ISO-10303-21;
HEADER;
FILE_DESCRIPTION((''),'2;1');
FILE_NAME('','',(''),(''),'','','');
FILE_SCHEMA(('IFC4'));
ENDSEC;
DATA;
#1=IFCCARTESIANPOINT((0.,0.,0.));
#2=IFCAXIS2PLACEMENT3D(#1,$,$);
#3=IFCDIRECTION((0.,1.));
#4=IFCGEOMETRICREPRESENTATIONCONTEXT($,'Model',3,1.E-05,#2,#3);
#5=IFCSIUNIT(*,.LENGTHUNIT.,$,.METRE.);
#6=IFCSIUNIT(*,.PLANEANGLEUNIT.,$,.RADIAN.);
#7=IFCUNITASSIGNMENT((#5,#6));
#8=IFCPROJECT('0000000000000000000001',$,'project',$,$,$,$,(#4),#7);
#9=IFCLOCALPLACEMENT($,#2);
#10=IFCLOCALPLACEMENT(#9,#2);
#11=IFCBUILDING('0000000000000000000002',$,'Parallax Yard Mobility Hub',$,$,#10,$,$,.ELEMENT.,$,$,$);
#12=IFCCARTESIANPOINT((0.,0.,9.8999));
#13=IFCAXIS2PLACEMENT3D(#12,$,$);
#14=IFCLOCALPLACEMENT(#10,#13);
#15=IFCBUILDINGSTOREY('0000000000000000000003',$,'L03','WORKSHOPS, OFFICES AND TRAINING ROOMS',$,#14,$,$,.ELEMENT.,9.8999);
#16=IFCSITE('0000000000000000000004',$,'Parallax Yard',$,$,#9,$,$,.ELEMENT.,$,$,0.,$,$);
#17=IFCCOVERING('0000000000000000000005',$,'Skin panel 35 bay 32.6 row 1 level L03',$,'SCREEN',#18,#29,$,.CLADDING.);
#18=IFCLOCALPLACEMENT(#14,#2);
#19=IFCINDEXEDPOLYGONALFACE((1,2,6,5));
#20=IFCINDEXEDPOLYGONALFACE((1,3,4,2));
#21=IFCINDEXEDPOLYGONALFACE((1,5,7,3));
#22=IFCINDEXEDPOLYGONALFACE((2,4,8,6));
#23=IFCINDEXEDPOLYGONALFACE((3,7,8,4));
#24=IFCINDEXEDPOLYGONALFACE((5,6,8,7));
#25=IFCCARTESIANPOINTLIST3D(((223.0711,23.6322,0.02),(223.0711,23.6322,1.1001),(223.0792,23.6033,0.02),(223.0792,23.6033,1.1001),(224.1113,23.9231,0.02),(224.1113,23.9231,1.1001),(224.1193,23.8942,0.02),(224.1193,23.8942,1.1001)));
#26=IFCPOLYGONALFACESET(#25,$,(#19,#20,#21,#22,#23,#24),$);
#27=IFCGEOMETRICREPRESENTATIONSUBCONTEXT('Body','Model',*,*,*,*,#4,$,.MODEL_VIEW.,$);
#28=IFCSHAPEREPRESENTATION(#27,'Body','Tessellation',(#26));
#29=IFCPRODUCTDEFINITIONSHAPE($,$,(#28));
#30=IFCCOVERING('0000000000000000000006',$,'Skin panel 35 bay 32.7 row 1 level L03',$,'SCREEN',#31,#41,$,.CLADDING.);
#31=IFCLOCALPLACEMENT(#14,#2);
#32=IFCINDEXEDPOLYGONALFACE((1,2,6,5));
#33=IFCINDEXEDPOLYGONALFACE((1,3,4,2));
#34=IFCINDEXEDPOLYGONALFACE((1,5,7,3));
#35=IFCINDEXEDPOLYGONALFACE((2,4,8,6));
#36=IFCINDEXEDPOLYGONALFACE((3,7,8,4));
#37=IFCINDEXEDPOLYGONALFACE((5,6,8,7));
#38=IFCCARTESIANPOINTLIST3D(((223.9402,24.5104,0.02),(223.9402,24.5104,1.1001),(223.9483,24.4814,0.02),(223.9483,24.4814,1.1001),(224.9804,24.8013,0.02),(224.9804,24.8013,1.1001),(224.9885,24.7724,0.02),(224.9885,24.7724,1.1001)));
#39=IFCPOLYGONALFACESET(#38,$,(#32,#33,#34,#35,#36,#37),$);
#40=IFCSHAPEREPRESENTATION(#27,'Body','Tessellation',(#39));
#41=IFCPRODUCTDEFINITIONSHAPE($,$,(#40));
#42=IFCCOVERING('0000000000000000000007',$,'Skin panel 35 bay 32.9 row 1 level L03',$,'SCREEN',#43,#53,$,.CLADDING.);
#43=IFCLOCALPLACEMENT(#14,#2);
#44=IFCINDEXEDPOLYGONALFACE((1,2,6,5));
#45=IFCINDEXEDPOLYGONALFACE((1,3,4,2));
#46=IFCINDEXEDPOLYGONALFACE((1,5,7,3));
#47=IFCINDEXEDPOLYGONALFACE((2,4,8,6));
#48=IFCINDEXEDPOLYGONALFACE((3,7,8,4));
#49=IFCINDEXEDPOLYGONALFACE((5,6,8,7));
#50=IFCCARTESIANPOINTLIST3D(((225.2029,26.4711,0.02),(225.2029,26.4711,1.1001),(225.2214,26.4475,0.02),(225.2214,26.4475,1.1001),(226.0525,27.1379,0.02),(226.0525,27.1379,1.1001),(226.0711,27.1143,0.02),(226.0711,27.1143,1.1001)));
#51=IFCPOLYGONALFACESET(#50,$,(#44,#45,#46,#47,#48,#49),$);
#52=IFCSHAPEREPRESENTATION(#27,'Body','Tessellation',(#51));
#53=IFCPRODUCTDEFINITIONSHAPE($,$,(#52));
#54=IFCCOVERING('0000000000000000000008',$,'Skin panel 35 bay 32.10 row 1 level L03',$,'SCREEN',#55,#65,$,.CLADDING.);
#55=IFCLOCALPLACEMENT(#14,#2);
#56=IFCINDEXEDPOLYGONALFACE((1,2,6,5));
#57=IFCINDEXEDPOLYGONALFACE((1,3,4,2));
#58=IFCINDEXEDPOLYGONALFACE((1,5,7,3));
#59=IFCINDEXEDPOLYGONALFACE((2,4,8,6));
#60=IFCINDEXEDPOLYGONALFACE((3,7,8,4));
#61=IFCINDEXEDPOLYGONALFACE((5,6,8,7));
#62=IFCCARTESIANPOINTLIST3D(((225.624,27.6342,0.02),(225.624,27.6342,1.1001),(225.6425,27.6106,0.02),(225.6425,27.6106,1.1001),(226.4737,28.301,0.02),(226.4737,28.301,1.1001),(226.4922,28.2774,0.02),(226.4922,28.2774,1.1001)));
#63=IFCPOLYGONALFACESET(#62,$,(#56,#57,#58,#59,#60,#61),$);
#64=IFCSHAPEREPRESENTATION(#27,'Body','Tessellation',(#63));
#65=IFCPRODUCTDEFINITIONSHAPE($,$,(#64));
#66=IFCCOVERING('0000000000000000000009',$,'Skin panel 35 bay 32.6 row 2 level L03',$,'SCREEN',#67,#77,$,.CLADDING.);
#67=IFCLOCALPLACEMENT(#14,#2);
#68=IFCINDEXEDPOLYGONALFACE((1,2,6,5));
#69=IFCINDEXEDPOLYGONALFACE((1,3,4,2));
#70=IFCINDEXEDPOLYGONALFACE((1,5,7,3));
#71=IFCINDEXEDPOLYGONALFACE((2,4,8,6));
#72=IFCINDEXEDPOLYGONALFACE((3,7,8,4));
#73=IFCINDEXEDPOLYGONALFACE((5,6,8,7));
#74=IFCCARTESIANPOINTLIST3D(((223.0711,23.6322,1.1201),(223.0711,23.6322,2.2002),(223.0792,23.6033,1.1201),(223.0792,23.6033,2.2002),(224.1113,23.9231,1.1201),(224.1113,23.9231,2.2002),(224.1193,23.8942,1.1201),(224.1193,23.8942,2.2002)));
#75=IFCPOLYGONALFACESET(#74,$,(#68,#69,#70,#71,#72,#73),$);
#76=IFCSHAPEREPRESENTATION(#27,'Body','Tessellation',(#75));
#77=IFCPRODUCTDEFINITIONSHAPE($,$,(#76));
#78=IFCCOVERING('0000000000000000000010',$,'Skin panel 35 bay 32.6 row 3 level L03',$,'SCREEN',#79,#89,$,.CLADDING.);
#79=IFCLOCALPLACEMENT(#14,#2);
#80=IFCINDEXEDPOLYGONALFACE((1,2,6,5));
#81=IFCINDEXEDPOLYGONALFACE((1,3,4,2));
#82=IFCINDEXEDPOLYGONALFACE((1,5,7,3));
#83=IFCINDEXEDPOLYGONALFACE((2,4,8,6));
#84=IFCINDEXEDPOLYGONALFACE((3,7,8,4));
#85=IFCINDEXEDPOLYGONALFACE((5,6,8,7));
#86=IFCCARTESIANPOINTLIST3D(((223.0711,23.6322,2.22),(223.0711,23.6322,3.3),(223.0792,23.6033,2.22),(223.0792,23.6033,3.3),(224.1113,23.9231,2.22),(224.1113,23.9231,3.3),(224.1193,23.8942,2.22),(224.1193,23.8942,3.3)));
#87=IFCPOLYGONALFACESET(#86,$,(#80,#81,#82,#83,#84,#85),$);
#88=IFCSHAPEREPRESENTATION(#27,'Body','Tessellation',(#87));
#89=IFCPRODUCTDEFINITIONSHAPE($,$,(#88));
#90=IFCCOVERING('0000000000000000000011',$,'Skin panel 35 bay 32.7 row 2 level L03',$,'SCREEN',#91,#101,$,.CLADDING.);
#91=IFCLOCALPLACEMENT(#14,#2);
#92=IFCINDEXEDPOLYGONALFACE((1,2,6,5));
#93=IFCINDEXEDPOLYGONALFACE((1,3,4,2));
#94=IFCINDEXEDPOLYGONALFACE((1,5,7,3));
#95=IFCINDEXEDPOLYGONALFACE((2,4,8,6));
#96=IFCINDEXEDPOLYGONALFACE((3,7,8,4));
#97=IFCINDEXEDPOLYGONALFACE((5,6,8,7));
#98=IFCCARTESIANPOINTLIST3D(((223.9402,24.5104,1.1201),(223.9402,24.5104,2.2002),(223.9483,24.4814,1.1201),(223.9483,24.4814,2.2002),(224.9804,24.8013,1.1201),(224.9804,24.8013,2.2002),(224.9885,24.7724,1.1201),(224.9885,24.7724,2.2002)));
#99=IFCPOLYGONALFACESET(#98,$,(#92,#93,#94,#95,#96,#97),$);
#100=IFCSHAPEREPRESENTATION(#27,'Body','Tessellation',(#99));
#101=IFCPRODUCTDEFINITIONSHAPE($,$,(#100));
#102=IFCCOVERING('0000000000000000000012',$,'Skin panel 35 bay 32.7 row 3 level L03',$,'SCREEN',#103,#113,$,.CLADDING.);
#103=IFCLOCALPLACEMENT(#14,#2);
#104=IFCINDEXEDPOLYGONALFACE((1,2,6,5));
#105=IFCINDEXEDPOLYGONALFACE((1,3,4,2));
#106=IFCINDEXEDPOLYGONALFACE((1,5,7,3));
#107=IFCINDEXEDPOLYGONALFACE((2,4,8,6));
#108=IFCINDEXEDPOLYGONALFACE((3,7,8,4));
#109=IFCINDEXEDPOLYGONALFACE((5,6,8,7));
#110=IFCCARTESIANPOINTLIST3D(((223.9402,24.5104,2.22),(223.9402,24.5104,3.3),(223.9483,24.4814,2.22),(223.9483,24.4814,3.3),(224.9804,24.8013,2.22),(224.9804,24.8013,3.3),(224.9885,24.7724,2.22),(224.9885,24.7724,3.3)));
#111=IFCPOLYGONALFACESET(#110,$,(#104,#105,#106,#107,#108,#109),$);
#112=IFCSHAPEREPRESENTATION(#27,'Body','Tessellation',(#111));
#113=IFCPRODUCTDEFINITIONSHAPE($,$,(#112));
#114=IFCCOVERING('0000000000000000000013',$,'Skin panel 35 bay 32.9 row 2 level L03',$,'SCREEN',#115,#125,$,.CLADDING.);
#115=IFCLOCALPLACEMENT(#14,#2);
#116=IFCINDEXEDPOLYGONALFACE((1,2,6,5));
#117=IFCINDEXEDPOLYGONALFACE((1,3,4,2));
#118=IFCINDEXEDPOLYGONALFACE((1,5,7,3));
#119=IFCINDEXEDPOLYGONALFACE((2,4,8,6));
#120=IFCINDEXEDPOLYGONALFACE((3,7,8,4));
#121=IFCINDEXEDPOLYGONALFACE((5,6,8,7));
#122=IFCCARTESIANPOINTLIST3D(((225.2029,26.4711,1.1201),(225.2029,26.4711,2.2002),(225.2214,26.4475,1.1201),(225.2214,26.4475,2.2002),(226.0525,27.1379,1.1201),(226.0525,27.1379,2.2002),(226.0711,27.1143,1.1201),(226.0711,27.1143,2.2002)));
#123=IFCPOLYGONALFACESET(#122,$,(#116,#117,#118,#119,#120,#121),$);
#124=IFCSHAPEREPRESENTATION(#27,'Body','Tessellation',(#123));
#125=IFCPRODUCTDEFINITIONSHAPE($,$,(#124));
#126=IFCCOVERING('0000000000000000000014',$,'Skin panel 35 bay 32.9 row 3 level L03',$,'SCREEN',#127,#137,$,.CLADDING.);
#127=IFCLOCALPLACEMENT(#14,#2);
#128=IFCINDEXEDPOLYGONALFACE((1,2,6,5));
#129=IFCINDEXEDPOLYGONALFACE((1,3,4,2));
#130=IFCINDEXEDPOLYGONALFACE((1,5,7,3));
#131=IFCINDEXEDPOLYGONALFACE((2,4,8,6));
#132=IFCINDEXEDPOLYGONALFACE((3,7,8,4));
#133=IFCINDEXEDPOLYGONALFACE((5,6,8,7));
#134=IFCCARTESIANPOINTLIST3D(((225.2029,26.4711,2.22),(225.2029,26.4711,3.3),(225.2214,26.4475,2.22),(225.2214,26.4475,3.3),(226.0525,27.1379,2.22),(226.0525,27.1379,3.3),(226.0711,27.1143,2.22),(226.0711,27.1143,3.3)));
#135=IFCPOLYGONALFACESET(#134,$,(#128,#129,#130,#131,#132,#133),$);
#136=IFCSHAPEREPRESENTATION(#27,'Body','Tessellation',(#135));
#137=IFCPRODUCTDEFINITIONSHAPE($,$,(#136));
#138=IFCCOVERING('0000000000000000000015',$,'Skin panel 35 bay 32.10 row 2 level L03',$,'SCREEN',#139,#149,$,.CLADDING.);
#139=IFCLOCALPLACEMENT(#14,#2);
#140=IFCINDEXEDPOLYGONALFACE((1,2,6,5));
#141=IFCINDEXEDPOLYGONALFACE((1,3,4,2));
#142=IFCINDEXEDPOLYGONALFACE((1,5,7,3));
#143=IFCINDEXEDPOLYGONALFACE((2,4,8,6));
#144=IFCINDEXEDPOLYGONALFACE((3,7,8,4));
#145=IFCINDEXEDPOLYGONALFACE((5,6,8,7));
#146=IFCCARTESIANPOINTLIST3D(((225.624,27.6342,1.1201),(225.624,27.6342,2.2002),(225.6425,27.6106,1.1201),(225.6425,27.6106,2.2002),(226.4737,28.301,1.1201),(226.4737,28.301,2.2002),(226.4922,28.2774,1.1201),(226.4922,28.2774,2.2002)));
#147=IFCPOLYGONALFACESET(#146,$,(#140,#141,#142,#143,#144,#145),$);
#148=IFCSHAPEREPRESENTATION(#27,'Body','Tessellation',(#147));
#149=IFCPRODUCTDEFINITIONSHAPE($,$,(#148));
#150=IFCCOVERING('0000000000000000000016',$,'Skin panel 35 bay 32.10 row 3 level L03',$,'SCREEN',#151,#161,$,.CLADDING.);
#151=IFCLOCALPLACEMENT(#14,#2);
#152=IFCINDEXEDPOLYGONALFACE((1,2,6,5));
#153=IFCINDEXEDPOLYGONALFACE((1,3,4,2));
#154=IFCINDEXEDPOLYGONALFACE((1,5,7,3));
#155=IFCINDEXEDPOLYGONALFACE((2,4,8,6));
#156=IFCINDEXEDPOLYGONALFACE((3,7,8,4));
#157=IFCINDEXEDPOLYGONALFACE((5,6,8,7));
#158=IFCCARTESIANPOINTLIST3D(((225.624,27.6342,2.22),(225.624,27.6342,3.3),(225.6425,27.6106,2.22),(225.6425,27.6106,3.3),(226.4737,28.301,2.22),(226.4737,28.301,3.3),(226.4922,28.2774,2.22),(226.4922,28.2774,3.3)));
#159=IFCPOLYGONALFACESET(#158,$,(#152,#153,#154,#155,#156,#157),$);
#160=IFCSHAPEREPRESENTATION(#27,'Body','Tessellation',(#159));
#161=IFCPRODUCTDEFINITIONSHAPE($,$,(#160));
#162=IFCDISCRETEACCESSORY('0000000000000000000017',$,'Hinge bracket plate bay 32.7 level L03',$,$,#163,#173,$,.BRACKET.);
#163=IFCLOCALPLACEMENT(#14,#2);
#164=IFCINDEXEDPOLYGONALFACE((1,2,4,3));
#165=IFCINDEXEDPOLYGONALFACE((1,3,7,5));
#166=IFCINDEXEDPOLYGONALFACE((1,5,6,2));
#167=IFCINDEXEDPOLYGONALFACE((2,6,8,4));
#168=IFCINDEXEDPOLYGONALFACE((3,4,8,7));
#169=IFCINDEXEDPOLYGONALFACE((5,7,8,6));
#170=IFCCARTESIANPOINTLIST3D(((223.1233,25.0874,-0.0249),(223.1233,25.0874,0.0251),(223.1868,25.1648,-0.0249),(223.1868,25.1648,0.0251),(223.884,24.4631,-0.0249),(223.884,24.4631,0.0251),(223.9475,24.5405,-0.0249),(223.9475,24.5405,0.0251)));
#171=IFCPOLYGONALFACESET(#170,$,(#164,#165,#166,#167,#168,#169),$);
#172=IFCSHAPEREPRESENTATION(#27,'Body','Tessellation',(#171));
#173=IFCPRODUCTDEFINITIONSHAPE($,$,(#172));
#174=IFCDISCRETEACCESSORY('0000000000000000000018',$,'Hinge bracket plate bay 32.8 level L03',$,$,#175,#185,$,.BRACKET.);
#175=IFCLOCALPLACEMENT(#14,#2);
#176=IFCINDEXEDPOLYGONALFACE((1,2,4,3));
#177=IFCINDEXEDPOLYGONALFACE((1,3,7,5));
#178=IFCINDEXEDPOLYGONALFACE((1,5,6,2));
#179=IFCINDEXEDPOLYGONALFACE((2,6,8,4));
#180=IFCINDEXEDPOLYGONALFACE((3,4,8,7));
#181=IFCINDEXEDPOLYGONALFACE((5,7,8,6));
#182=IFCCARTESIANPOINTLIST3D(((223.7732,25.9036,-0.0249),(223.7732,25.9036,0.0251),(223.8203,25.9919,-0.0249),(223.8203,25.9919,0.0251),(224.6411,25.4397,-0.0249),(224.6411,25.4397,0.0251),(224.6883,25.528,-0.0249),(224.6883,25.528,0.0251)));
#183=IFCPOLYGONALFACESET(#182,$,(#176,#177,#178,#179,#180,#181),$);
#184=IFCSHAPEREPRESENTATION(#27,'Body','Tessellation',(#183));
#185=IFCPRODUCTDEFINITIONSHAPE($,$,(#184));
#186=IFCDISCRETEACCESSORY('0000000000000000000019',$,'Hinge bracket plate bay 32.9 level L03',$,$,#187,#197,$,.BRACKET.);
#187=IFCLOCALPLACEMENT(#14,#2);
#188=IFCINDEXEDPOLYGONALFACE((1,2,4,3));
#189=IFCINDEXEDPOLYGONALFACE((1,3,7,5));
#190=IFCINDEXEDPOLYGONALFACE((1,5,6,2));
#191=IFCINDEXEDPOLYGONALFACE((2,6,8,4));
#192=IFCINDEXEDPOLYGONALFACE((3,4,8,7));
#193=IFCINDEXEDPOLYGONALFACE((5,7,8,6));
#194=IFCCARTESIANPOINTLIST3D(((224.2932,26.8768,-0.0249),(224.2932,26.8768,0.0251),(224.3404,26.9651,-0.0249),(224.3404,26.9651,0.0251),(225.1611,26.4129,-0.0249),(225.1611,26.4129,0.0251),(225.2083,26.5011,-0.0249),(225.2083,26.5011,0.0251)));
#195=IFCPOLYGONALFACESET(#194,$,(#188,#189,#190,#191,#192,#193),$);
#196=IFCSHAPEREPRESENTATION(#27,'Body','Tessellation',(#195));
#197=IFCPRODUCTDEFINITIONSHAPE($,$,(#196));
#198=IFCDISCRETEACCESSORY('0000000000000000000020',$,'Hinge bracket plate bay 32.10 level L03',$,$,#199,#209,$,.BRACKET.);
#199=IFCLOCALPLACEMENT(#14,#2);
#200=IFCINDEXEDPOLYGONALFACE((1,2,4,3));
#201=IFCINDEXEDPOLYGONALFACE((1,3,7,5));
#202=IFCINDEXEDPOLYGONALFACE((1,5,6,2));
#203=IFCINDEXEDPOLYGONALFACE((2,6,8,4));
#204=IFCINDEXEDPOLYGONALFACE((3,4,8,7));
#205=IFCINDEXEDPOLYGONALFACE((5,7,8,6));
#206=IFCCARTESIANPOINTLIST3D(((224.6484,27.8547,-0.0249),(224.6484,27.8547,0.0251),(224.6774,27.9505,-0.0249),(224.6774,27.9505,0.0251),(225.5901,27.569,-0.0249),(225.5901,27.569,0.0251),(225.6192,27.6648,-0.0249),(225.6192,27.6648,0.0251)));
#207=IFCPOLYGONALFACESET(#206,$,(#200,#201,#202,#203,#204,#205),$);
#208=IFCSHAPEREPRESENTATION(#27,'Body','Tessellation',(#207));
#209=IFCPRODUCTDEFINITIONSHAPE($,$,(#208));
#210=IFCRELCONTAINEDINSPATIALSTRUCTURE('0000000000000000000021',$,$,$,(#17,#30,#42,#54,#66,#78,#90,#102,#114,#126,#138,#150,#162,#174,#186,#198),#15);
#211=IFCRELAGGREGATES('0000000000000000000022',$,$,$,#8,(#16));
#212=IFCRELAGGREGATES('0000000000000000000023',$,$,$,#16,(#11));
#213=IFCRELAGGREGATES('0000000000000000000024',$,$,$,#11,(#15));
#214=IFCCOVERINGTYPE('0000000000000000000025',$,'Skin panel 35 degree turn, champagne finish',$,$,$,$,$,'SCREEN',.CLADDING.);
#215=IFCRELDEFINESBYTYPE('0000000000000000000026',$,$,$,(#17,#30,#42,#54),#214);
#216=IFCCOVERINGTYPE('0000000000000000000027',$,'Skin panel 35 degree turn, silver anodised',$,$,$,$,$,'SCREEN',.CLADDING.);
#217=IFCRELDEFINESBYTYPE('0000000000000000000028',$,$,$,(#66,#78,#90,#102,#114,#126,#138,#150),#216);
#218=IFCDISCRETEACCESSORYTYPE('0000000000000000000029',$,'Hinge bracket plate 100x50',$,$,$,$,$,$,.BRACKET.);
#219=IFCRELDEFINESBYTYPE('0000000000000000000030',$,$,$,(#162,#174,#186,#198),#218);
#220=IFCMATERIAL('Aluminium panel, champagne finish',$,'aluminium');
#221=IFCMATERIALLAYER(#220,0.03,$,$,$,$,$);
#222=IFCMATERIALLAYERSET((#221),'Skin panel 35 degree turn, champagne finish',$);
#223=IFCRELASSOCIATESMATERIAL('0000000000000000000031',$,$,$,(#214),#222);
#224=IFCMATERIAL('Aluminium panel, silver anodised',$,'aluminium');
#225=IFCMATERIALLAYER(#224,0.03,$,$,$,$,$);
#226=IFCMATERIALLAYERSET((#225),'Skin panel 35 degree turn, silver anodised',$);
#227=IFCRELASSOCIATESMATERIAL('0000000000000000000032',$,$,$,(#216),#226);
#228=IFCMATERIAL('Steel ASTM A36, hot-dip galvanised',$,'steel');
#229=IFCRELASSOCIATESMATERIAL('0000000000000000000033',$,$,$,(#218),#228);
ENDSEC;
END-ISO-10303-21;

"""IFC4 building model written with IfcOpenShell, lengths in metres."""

from ifc_helpers import new_model, si_unit, direction, frame, origin, origin_2d, place, context, subcontext, project, spatial, rectangle, extrude, material, layer, layer_set, type_object, element, save


model = new_model("IFC4")

# Units and contexts
model_context = context("Model", 3, precision=1e-05, world=origin(), true_north=direction((0.0, 1.0)))
body_context = subcontext(model_context, "Body", "Model", "MODEL_VIEW")
ifc_project = project(units=[si_unit("LENGTHUNIT", "METRE"), si_unit("PLANEANGLEUNIT", "RADIAN")], contexts=[model_context])

# Site, building, storey
site_placement = place(None, origin())
site = spatial("IfcSite", under=ifc_project, at=site_placement, Name="Parallax Yard", CompositionType="ELEMENT", RefElevation=0.0)
building_placement = place(site_placement, origin())
building = spatial("IfcBuilding", under=site, at=building_placement, Name="Parallax Yard Mobility Hub", CompositionType="ELEMENT")
storey_placement = place(building_placement, frame((0.0, 0.0, 9.8999)))
storey = spatial("IfcBuildingStorey", under=building, at=storey_placement, Name="L03", Description="WORKSHOPS, OFFICES AND TRAINING ROOMS", CompositionType="ELEMENT", Elevation=9.8999)

# Coverings
ifc_material_1 = material(Name="Aluminium panel, champagne finish", Category="aluminium")
ifc_material_2 = material(Name="Aluminium panel, silver anodised", Category="aluminium")
ifc_layer_1 = layer(ifc_material_1, 0.03)
ifc_layer_set_1 = layer_set([ifc_layer_1], Name="Skin panel 35 degree turn, champagne finish")
covering_type_1 = type_object("IfcCoveringType", Name="Skin panel 35 degree turn, champagne finish", ElementType="SCREEN", PredefinedType="CLADDING", material=ifc_layer_set_1)
for number, where, z_axis, x_axis, name in (
    (1, (223.5952, 23.7632, 0.02), (0.0, 0.0, 1.0), (0.963045, 0.26934, 0.0), "Skin panel 35 bay 32.6 row 1 level L03"),
    (2, (224.4644, 24.6414, 0.02), (0.0, 0.0, 1.0), (0.963045, 0.26934, 0.0), "Skin panel 35 bay 32.7 row 1 level L03"),
    (3, (225.637, 26.7927, 0.02), (0.0, 0.0, 1.0), (0.786666, 0.617379, 0.0), "Skin panel 35 bay 32.9 row 1 level L03"),
    (4, (226.0581, 27.9558, 0.02), (0.0, 0.0, 1.0), (0.786666, 0.617379, 0.0), "Skin panel 35 bay 32.10 row 1 level L03"),
):
    element("IfcCovering", number, at=place(storey_placement, frame(where, z_axis=z_axis, x_axis=x_axis)), inside=storey, type_object=covering_type_1, Name=name, ObjectType="SCREEN", PredefinedType="CLADDING", context=body_context, shape_type="SweptSolid", body=[
        extrude(rectangle(XDim=1.0801, YDim=0.03, at=origin_2d()), origin(), (0.0, 0.0, 1.0), 1.0801),
    ])
ifc_layer_2 = layer(ifc_material_2, 0.03)
ifc_layer_set_2 = layer_set([ifc_layer_2], Name="Skin panel 35 degree turn, silver anodised")
covering_type_2 = type_object("IfcCoveringType", Name="Skin panel 35 degree turn, silver anodised", ElementType="SCREEN", PredefinedType="CLADDING", material=ifc_layer_set_2)
for number, where, z_axis, x_axis, name in (
    (5, (223.5952, 23.7632, 1.1201), (0.0, 0.0, 1.0), (0.963045, 0.26934, 0.0), "Skin panel 35 bay 32.6 row 2 level L03"),
    (6, (223.5952, 23.7632, 2.22), (0.0, 0.0, 1.0), (0.963045, 0.26934, 0.0), "Skin panel 35 bay 32.6 row 3 level L03"),
    (7, (224.4644, 24.6414, 1.1201), (0.0, 0.0, 1.0), (0.963045, 0.26934, 0.0), "Skin panel 35 bay 32.7 row 2 level L03"),
    (8, (224.4644, 24.6414, 2.22), (0.0, 0.0, 1.0), (0.963045, 0.26934, 0.0), "Skin panel 35 bay 32.7 row 3 level L03"),
    (9, (225.637, 26.7927, 1.1201), (0.0, 0.0, 1.0), (0.786666, 0.617379, 0.0), "Skin panel 35 bay 32.9 row 2 level L03"),
    (10, (225.637, 26.7927, 2.22), (0.0, 0.0, 1.0), (0.786666, 0.617379, 0.0), "Skin panel 35 bay 32.9 row 3 level L03"),
    (11, (226.0581, 27.9558, 1.1201), (0.0, 0.0, 1.0), (0.786666, 0.617379, 0.0), "Skin panel 35 bay 32.10 row 2 level L03"),
    (12, (226.0581, 27.9558, 2.22), (0.0, 0.0, 1.0), (0.786666, 0.617379, 0.0), "Skin panel 35 bay 32.10 row 3 level L03"),
):
    element("IfcCovering", number, at=place(storey_placement, frame(where, z_axis=z_axis, x_axis=x_axis)), inside=storey, type_object=covering_type_2, Name=name, ObjectType="SCREEN", PredefinedType="CLADDING", context=body_context, shape_type="SweptSolid", body=[
        extrude(rectangle(XDim=1.0801, YDim=0.03, at=origin_2d()), origin(), (0.0, 0.0, 1.0), 1.0801),
    ])

# Discrete accessories
ifc_material_3 = material(Name="Steel ASTM A36, hot-dip galvanised", Category="steel")
discrete_accessory_type_1 = type_object("IfcDiscreteAccessoryType", Name="Hinge bracket plate 100x50", PredefinedType="BRACKET", material=ifc_material_3)
for number, where, z_axis, x_axis, name in (
    (13, (223.5354, 24.814, -0.0249), (0.0, 0.0, 1.0), (0.77301, -0.634393, 0.0), "Hinge bracket plate bay 32.7 level L03"),
    (14, (224.2307, 25.7158, -0.0249), (0.0, 0.0, 1.0), (0.881921, -0.471397, 0.0), "Hinge bracket plate bay 32.8 level L03"),
    (15, (224.7507, 26.689, -0.0249), (0.0, 0.0, 1.0), (0.881921, -0.471397, 0.0), "Hinge bracket plate bay 32.9 level L03"),
    (16, (225.1338, 27.7598, -0.0249), (0.0, 0.0, 1.0), (0.95694, -0.290285, 0.0), "Hinge bracket plate bay 32.10 level L03"),
):
    element("IfcDiscreteAccessory", number, at=place(storey_placement, frame(where, z_axis=z_axis, x_axis=x_axis)), inside=storey, type_object=discrete_accessory_type_1, Name=name, PredefinedType="BRACKET", context=body_context, shape_type="SweptSolid", body=[
        extrude(rectangle(XDim=0.9841, YDim=0.1001, at=origin_2d()), origin(), (0.0, 0.0, 1.0), 0.05),
    ])

save(model, "model.ifc")
